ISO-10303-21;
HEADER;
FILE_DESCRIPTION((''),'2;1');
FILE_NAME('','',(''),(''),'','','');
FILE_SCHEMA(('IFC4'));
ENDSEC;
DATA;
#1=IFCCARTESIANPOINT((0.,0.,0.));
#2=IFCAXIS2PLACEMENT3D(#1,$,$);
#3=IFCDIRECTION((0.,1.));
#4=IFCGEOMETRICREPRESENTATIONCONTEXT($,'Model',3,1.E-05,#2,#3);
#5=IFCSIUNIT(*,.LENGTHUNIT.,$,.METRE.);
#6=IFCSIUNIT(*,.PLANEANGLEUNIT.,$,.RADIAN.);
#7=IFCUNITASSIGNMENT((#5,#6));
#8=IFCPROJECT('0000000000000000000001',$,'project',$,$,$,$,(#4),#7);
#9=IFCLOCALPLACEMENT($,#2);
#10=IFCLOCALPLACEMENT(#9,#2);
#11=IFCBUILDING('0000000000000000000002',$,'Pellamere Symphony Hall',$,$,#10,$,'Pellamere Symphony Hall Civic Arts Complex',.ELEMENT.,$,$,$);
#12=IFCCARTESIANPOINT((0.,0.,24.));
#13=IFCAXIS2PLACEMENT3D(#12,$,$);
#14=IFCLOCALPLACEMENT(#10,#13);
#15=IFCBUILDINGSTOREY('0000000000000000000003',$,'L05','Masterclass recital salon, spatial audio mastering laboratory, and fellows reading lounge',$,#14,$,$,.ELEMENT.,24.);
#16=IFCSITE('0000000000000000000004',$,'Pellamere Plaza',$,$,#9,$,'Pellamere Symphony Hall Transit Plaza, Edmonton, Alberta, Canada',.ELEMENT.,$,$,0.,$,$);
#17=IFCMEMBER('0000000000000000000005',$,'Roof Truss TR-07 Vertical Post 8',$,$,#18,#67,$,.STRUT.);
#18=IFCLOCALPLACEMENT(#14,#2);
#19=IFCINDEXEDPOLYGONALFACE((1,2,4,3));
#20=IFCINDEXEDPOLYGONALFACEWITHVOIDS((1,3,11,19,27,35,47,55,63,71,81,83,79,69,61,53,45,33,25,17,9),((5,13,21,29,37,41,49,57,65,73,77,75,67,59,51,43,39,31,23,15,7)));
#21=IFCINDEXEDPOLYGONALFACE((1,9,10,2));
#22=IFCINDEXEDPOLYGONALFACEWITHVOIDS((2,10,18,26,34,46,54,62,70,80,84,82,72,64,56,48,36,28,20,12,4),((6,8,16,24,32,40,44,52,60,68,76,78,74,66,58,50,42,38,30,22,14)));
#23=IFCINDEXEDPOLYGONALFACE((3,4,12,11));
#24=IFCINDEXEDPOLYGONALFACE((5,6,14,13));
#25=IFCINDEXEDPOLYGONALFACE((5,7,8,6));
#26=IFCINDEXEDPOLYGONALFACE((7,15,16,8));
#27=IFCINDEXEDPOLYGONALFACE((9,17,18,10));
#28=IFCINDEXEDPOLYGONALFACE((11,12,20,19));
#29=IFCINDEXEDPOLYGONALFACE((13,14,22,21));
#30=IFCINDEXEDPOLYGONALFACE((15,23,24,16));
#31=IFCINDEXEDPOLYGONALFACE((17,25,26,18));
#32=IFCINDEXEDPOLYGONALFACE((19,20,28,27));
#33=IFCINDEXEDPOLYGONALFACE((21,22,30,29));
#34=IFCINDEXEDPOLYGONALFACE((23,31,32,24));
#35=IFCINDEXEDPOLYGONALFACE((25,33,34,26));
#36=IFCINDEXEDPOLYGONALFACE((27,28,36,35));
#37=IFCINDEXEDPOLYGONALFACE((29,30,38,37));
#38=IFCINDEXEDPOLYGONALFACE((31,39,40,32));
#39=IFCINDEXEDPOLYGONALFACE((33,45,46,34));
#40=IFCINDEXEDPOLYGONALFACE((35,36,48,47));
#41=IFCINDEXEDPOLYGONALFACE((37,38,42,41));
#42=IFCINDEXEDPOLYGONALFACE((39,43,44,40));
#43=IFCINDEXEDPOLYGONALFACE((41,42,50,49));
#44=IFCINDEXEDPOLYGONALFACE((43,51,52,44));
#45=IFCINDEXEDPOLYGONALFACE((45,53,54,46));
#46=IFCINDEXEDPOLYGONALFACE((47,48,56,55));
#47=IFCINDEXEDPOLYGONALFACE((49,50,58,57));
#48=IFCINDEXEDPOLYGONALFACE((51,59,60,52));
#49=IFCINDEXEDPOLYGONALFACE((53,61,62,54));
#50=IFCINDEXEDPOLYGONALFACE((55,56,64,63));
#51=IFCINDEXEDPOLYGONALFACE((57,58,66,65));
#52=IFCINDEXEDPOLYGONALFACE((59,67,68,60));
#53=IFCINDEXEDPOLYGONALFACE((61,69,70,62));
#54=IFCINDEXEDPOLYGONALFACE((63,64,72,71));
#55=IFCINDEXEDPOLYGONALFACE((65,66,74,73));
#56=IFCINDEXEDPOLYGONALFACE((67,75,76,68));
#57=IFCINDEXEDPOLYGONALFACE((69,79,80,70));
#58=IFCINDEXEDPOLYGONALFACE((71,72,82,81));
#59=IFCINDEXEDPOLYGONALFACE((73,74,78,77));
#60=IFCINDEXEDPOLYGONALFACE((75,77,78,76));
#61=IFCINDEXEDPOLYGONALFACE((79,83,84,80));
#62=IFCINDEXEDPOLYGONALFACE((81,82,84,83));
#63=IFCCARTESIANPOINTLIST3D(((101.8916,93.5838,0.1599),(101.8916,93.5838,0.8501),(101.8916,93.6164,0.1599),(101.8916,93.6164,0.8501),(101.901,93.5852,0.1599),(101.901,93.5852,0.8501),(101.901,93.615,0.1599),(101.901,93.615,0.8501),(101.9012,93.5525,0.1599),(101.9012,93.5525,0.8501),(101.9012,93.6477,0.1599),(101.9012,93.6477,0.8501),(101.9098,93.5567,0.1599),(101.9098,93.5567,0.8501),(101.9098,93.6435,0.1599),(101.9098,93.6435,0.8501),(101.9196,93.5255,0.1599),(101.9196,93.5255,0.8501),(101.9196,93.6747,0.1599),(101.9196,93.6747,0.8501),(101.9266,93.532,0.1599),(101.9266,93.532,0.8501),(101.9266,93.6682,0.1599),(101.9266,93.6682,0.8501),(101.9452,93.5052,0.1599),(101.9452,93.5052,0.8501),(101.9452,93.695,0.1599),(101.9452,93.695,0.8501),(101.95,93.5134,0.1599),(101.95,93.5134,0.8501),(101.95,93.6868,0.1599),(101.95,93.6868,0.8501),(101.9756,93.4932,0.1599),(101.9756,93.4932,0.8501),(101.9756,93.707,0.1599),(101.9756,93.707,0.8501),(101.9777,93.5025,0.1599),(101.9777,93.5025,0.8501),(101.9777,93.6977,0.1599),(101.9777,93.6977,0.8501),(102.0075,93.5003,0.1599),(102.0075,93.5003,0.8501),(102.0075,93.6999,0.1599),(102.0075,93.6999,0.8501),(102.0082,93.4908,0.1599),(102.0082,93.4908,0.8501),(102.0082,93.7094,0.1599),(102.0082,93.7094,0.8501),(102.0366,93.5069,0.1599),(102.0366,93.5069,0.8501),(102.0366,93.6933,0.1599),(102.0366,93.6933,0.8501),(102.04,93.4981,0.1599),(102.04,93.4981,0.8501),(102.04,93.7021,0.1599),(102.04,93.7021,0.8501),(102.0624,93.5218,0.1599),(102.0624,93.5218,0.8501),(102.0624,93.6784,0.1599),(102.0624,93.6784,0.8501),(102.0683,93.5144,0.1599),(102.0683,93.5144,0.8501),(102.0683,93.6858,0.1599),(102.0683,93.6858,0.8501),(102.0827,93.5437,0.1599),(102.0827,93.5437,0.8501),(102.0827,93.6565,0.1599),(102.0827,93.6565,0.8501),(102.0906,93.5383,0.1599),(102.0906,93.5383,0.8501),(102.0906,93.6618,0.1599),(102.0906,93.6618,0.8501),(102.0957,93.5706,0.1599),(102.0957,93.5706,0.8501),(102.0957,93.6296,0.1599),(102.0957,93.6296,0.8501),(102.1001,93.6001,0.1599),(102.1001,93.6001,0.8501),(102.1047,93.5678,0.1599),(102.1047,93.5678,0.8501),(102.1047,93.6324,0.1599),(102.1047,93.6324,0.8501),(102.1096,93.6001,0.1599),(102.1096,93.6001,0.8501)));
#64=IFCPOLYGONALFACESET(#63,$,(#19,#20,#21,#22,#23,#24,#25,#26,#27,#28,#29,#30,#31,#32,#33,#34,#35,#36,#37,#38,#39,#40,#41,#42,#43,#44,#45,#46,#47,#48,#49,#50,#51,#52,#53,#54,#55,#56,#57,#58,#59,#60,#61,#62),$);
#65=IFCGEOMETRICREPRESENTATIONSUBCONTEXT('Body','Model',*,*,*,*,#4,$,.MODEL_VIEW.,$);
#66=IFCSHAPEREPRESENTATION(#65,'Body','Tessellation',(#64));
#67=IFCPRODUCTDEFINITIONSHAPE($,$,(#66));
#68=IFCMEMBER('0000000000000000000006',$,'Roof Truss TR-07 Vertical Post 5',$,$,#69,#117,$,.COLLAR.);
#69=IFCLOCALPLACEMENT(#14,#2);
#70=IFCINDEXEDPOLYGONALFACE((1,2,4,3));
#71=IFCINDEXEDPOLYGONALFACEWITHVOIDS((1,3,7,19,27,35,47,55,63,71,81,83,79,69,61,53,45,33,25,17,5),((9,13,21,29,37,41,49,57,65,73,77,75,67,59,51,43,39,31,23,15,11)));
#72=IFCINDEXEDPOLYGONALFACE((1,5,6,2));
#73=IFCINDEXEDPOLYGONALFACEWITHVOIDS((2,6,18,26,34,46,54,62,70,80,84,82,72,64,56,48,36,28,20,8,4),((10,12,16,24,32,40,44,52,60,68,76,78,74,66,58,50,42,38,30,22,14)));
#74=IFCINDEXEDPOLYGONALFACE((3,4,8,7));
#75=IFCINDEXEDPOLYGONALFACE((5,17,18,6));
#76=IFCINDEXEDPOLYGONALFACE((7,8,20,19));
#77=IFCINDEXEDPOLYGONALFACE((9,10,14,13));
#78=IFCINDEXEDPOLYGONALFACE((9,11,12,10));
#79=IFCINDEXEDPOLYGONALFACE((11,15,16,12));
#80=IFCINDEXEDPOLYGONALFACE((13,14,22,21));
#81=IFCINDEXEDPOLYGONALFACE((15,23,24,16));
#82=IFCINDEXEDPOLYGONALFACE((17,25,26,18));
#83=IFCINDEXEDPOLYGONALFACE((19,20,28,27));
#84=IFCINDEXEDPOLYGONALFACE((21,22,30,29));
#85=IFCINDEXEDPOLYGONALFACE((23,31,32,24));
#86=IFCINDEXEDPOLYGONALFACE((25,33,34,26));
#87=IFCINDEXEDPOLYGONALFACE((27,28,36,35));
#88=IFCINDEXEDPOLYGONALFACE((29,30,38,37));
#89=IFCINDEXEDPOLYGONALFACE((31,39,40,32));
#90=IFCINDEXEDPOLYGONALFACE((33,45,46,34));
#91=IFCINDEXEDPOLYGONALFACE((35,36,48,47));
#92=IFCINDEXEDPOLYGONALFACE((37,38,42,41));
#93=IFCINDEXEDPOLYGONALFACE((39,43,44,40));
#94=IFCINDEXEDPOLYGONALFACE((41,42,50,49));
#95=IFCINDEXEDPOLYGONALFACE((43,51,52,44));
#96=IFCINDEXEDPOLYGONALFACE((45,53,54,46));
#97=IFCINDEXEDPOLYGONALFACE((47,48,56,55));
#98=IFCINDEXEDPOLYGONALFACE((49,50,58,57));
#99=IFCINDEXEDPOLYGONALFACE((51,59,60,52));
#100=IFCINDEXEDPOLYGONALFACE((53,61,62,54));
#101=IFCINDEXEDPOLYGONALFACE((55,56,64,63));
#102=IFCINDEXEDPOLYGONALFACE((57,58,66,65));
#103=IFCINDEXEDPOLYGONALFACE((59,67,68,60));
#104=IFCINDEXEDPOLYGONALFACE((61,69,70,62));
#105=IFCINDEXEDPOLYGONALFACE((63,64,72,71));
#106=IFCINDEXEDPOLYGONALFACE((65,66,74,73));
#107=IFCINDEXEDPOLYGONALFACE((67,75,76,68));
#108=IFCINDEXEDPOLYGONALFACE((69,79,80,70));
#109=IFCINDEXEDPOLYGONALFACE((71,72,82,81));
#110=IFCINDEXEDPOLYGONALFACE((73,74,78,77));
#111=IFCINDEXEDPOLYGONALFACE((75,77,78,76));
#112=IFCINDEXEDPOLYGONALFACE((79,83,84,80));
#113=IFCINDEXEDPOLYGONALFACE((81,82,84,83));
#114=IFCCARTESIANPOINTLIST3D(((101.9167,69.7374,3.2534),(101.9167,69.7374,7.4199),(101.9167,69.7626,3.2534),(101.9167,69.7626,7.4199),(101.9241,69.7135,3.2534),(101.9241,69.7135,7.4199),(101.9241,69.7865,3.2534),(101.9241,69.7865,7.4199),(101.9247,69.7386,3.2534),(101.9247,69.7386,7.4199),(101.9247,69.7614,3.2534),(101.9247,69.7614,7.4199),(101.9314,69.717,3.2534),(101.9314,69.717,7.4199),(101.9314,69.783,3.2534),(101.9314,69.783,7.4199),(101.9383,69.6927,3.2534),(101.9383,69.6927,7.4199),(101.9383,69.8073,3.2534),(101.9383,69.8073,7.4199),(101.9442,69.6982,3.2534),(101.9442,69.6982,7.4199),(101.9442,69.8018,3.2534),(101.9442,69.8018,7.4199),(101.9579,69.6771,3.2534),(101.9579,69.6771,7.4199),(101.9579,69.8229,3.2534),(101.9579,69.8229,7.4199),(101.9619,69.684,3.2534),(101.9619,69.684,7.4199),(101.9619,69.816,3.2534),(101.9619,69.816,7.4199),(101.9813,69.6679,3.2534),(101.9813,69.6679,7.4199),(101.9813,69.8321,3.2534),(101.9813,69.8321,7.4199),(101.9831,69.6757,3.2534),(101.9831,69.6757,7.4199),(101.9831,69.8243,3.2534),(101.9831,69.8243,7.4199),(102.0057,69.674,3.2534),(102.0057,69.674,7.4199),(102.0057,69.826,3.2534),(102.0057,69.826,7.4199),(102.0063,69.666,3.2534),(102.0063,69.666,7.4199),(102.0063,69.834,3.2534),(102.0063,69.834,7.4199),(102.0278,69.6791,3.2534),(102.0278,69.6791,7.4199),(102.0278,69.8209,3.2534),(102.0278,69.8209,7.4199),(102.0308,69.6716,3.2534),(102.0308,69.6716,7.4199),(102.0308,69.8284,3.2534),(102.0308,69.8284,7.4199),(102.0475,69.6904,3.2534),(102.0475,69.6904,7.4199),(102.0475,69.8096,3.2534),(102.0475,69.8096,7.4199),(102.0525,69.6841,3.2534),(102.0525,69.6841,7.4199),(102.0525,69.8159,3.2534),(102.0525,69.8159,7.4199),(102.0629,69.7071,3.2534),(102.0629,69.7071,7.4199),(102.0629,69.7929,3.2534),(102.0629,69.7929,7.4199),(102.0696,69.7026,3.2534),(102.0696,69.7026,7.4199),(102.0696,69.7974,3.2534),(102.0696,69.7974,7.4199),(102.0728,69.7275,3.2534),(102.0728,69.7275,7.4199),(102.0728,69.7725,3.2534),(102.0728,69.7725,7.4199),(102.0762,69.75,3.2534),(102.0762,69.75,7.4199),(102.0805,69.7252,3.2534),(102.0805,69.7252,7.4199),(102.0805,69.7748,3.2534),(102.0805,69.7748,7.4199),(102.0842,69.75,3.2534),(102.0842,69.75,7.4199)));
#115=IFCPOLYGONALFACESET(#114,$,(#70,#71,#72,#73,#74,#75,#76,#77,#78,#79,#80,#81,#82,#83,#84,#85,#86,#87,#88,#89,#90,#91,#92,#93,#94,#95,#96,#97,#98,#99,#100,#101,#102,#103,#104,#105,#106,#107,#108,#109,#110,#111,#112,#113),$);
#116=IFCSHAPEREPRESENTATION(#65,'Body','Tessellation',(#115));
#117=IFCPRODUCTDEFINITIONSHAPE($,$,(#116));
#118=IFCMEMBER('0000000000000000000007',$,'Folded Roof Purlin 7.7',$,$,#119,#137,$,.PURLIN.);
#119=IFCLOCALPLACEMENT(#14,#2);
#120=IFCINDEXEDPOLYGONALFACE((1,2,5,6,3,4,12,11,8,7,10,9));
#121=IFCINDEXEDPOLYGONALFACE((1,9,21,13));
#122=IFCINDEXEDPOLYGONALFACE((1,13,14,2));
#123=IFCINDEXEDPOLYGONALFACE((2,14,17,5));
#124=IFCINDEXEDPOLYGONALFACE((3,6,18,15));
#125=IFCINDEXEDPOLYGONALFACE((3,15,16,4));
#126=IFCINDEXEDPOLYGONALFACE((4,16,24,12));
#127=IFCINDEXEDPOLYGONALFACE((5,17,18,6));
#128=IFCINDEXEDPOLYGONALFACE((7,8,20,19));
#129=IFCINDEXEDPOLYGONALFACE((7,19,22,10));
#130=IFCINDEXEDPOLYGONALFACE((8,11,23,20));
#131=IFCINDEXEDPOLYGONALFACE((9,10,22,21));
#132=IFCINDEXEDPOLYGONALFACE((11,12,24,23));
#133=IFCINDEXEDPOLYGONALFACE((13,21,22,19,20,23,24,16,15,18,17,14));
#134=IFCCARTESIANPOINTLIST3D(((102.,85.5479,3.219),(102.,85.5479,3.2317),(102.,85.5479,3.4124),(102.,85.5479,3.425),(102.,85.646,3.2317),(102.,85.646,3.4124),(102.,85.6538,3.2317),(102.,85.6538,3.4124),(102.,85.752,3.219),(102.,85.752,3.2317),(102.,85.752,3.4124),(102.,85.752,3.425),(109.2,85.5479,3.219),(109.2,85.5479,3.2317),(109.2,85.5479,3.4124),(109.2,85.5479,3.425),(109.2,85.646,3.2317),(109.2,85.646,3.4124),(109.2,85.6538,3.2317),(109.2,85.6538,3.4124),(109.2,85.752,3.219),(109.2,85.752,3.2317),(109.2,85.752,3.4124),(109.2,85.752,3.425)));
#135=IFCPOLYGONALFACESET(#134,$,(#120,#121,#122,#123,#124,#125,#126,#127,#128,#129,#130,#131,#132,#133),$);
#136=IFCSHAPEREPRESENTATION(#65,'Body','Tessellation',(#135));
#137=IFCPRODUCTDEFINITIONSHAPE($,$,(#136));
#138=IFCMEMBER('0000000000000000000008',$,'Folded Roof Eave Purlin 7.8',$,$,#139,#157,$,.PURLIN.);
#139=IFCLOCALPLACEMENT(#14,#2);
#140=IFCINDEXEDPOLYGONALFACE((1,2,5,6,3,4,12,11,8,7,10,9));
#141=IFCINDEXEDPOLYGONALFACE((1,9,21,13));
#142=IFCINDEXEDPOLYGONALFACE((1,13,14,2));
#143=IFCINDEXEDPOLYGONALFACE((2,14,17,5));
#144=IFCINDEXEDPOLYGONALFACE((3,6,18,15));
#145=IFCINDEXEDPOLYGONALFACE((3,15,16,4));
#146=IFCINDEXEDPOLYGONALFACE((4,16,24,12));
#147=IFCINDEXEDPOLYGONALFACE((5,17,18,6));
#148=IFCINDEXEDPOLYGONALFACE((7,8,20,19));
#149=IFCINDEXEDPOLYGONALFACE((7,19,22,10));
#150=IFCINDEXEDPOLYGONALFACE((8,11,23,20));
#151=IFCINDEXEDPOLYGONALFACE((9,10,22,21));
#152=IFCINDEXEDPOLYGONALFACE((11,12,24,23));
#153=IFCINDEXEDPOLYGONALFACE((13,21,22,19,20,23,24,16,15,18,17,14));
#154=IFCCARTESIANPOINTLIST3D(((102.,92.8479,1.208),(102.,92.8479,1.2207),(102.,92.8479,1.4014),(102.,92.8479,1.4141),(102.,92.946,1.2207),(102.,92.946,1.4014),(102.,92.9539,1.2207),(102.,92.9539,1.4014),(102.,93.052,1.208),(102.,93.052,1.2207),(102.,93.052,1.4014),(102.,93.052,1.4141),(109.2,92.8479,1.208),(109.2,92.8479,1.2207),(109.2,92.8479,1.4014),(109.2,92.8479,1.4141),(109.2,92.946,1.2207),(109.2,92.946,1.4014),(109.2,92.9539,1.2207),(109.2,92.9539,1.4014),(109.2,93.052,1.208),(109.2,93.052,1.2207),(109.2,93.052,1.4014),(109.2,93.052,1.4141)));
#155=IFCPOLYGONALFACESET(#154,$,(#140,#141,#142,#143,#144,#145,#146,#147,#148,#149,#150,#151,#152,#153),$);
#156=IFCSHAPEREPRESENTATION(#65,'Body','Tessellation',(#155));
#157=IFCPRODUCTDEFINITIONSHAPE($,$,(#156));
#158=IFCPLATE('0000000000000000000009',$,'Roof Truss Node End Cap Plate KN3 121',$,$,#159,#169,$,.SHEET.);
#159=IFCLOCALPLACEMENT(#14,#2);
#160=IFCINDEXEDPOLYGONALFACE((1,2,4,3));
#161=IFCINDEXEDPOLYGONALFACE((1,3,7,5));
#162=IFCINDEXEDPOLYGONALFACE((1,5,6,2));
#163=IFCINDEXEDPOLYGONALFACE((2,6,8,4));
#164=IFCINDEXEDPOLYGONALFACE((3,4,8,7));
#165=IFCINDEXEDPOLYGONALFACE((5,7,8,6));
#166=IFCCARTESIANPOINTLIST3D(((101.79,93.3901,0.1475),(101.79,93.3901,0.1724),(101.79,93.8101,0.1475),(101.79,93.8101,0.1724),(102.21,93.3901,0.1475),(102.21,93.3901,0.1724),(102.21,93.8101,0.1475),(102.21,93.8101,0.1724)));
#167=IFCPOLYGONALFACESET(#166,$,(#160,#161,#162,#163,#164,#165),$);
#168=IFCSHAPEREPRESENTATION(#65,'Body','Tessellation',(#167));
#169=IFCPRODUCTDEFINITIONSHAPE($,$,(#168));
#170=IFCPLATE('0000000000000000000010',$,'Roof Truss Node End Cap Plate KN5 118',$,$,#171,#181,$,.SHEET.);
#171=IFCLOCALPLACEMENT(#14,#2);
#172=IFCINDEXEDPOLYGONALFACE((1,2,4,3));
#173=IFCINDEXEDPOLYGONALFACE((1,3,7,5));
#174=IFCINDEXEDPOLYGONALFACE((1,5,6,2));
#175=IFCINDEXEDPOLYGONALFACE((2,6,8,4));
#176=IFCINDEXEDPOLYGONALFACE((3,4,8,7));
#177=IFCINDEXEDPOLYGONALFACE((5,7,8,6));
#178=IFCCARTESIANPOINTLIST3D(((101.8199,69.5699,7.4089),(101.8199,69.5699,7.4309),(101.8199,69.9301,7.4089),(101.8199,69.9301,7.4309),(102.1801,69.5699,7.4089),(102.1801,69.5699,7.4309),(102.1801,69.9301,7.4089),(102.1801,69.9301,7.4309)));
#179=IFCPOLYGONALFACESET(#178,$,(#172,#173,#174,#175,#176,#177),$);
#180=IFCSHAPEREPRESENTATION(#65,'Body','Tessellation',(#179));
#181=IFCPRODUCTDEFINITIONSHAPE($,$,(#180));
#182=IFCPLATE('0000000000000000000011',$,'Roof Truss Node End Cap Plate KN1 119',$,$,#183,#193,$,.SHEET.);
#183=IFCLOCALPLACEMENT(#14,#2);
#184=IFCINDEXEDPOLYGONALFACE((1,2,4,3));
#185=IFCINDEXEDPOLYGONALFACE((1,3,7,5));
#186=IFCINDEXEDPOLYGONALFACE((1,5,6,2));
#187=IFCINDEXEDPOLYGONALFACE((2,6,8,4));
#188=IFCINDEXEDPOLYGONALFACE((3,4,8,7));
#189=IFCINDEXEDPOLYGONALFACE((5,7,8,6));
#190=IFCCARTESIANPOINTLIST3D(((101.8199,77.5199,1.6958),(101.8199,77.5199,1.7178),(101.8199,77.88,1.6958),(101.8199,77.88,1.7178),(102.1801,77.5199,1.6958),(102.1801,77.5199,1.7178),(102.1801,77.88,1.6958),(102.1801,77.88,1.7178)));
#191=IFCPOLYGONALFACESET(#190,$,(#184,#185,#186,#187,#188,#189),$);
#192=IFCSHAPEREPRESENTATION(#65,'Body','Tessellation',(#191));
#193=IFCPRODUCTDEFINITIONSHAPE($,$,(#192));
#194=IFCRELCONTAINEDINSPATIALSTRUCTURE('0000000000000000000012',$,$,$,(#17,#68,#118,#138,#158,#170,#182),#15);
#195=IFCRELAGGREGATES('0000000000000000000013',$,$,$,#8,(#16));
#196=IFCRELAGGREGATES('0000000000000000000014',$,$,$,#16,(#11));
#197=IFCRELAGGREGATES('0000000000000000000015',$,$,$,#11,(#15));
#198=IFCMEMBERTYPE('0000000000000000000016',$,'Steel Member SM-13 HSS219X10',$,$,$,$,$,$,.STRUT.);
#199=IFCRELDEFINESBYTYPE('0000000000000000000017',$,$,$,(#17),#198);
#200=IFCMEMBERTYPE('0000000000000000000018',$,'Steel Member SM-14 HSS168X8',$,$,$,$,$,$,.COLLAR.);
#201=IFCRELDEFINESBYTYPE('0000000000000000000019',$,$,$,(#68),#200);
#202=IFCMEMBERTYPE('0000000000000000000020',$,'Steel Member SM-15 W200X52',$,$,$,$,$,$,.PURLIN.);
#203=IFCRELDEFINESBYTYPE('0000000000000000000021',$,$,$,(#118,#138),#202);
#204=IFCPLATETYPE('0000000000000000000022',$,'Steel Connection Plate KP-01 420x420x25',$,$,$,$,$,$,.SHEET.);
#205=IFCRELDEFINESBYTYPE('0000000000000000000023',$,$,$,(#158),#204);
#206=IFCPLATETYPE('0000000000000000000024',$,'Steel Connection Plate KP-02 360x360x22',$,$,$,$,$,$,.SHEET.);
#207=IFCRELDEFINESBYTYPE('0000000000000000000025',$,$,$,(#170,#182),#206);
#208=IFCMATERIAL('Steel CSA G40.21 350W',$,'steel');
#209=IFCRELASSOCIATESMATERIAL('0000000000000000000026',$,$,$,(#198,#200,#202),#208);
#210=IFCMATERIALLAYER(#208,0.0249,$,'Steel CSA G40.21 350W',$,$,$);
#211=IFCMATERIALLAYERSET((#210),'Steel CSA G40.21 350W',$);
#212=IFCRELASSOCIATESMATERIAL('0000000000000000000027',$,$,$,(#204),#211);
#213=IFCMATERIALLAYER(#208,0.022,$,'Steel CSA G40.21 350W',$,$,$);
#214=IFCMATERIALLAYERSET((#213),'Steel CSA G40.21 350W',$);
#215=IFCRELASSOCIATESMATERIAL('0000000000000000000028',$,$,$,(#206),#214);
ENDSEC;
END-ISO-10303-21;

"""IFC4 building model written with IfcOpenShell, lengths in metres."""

from ifc_helpers import new_model, si_unit, direction, frame, origin, origin_2d, place, context, subcontext, project, spatial, rectangle, hollow_circle, i_section, extrude, material, layer, layer_set, material_profile, profile_set, type_object, element, save


model = new_model("IFC4")

# Units and contexts
model_context = context("Model", 3, precision=1e-05, world=origin(), true_north=direction((0.0, 1.0)))
body_context = subcontext(model_context, "Body", "Model", "MODEL_VIEW")
ifc_project = project(units=[si_unit("LENGTHUNIT", "METRE"), si_unit("PLANEANGLEUNIT", "RADIAN")], contexts=[model_context])

# Site, building, storey
site_placement = place(None, origin())
site = spatial("IfcSite", under=ifc_project, at=site_placement, Name="Pellamere Plaza", LongName="Pellamere Symphony Hall Transit Plaza, Edmonton, Alberta, Canada", CompositionType="ELEMENT", RefElevation=0.0)
building_placement = place(site_placement, origin())
building = spatial("IfcBuilding", under=site, at=building_placement, Name="Pellamere Symphony Hall", LongName="Pellamere Symphony Hall Civic Arts Complex", CompositionType="ELEMENT")
storey_placement = place(building_placement, frame((0.0, 0.0, 24.0)))
storey = spatial("IfcBuildingStorey", under=building, at=storey_placement, Name="L05", Description="Masterclass recital salon, spatial audio mastering laboratory, and fellows reading lounge", CompositionType="ELEMENT", Elevation=24.0)

# Shared definitions
ifc_material_1 = material(Name="Steel CSA G40.21 350W", Category="steel")

# Members
ifc_material_profile_1 = material_profile(ifc_material_1, hollow_circle(Radius=0.1096, WallThickness=0.0095, at=origin_2d()), Name="HSS219X10")
ifc_profile_set_1 = profile_set([ifc_material_profile_1], Name="Steel CSA G40.21 350W")
member_type_1 = type_object("IfcMemberType", Name="Steel Member SM-13 HSS219X10", PredefinedType="STRUT", material=ifc_profile_set_1)
member_1_placement = place(storey_placement, frame((102.0, 93.6001, 0.1599), z_axis=(0.0, 0.0, 1.0), x_axis=(1.0, 0.0, 0.0)))
element("IfcMember", 1, at=member_1_placement, inside=storey, type_object=member_type_1, Name="Roof Truss TR-07 Vertical Post 8", PredefinedType="STRUT", context=body_context, shape_type="SweptSolid", body=[
    extrude(hollow_circle(Radius=0.1096, WallThickness=0.0095, at=origin_2d()), origin(), (0.0, 0.0, 1.0), 0.6902),
])
ifc_material_profile_2 = material_profile(ifc_material_1, hollow_circle(Radius=0.0842, WallThickness=0.0081, at=origin_2d()), Name="HSS168X8")
ifc_profile_set_2 = profile_set([ifc_material_profile_2], Name="Steel CSA G40.21 350W")
member_type_2 = type_object("IfcMemberType", Name="Steel Member SM-14 HSS168X8", PredefinedType="COLLAR", material=ifc_profile_set_2)
member_2_placement = place(storey_placement, frame((102.0, 69.75, 3.2534), z_axis=(0.0, 0.0, 1.0), x_axis=(1.0, 0.0, 0.0)))
element("IfcMember", 2, at=member_2_placement, inside=storey, type_object=member_type_2, Name="Roof Truss TR-07 Vertical Post 5", PredefinedType="COLLAR", context=body_context, shape_type="SweptSolid", body=[
    extrude(hollow_circle(Radius=0.0842, WallThickness=0.0081, at=origin_2d()), origin(), (0.0, 0.0, 1.0), 4.1665),
])
ifc_material_profile_3 = material_profile(ifc_material_1, i_section(OverallWidth=0.2041, OverallDepth=0.2061, WebThickness=0.0078, FlangeThickness=0.0127, at=origin_2d()), Name="W200X52")
ifc_profile_set_3 = profile_set([ifc_material_profile_3], Name="Steel CSA G40.21 350W")
member_type_3 = type_object("IfcMemberType", Name="Steel Member SM-15 W200X52", PredefinedType="PURLIN", material=ifc_profile_set_3)
for number, where, z_axis, x_axis, name in (
    (3, (102.0, 85.6499, 3.322), (1.0, 0.0, 0.0), (0.0, 1.0, 0.0), "Folded Roof Purlin 7.7"),
    (4, (102.0, 92.95, 1.311), (1.0, 0.0, 0.0), (0.0, 1.0, 0.0), "Folded Roof Eave Purlin 7.8"),
):
    element("IfcMember", number, at=place(storey_placement, frame(where, z_axis=z_axis, x_axis=x_axis)), inside=storey, type_object=member_type_3, Name=name, PredefinedType="PURLIN", context=body_context, shape_type="SweptSolid", body=[
        extrude(i_section(OverallWidth=0.2041, OverallDepth=0.2061, WebThickness=0.0078, FlangeThickness=0.0127, at=origin_2d()), origin(), (0.0, 0.0, 1.0), 7.2),
    ])

# Plates
ifc_layer_1 = layer(ifc_material_1, 0.0249, Name="Steel CSA G40.21 350W")
ifc_layer_set_1 = layer_set([ifc_layer_1], Name="Steel CSA G40.21 350W")
plate_type_1 = type_object("IfcPlateType", Name="Steel Connection Plate KP-01 420x420x25", PredefinedType="SHEET", material=ifc_layer_set_1)
plate_1_placement = place(storey_placement, frame((102.0, 93.6001, 0.1475), z_axis=(0.0, 0.0, 1.0), x_axis=(1.0, 0.0, 0.0)))
element("IfcPlate", 5, at=plate_1_placement, inside=storey, type_object=plate_type_1, Name="Roof Truss Node End Cap Plate KN3 121", PredefinedType="SHEET", context=body_context, shape_type="SweptSolid", body=[
    extrude(rectangle(XDim=0.4199, YDim=0.4199, at=origin_2d()), origin(), (0.0, 0.0, 1.0), 0.0249),
])
ifc_layer_2 = layer(ifc_material_1, 0.022, Name="Steel CSA G40.21 350W")
ifc_layer_set_2 = layer_set([ifc_layer_2], Name="Steel CSA G40.21 350W")
plate_type_2 = type_object("IfcPlateType", Name="Steel Connection Plate KP-02 360x360x22", PredefinedType="SHEET", material=ifc_layer_set_2)
for number, where, z_axis, x_axis, name in (
    (6, (102.0, 69.75, 7.4089), (0.0, 0.0, 1.0), (1.0, 0.0, 0.0), "Roof Truss Node End Cap Plate KN5 118"),
    (7, (102.0, 77.7, 1.6958), (0.0, 0.0, 1.0), (1.0, 0.0, 0.0), "Roof Truss Node End Cap Plate KN1 119"),
):
    element("IfcPlate", number, at=place(storey_placement, frame(where, z_axis=z_axis, x_axis=x_axis)), inside=storey, type_object=plate_type_2, Name=name, PredefinedType="SHEET", context=body_context, shape_type="SweptSolid", body=[
        extrude(rectangle(XDim=0.3601, YDim=0.3601, at=origin_2d()), origin(), (0.0, 0.0, 1.0), 0.022),
    ])

save(model, "model.ifc")
